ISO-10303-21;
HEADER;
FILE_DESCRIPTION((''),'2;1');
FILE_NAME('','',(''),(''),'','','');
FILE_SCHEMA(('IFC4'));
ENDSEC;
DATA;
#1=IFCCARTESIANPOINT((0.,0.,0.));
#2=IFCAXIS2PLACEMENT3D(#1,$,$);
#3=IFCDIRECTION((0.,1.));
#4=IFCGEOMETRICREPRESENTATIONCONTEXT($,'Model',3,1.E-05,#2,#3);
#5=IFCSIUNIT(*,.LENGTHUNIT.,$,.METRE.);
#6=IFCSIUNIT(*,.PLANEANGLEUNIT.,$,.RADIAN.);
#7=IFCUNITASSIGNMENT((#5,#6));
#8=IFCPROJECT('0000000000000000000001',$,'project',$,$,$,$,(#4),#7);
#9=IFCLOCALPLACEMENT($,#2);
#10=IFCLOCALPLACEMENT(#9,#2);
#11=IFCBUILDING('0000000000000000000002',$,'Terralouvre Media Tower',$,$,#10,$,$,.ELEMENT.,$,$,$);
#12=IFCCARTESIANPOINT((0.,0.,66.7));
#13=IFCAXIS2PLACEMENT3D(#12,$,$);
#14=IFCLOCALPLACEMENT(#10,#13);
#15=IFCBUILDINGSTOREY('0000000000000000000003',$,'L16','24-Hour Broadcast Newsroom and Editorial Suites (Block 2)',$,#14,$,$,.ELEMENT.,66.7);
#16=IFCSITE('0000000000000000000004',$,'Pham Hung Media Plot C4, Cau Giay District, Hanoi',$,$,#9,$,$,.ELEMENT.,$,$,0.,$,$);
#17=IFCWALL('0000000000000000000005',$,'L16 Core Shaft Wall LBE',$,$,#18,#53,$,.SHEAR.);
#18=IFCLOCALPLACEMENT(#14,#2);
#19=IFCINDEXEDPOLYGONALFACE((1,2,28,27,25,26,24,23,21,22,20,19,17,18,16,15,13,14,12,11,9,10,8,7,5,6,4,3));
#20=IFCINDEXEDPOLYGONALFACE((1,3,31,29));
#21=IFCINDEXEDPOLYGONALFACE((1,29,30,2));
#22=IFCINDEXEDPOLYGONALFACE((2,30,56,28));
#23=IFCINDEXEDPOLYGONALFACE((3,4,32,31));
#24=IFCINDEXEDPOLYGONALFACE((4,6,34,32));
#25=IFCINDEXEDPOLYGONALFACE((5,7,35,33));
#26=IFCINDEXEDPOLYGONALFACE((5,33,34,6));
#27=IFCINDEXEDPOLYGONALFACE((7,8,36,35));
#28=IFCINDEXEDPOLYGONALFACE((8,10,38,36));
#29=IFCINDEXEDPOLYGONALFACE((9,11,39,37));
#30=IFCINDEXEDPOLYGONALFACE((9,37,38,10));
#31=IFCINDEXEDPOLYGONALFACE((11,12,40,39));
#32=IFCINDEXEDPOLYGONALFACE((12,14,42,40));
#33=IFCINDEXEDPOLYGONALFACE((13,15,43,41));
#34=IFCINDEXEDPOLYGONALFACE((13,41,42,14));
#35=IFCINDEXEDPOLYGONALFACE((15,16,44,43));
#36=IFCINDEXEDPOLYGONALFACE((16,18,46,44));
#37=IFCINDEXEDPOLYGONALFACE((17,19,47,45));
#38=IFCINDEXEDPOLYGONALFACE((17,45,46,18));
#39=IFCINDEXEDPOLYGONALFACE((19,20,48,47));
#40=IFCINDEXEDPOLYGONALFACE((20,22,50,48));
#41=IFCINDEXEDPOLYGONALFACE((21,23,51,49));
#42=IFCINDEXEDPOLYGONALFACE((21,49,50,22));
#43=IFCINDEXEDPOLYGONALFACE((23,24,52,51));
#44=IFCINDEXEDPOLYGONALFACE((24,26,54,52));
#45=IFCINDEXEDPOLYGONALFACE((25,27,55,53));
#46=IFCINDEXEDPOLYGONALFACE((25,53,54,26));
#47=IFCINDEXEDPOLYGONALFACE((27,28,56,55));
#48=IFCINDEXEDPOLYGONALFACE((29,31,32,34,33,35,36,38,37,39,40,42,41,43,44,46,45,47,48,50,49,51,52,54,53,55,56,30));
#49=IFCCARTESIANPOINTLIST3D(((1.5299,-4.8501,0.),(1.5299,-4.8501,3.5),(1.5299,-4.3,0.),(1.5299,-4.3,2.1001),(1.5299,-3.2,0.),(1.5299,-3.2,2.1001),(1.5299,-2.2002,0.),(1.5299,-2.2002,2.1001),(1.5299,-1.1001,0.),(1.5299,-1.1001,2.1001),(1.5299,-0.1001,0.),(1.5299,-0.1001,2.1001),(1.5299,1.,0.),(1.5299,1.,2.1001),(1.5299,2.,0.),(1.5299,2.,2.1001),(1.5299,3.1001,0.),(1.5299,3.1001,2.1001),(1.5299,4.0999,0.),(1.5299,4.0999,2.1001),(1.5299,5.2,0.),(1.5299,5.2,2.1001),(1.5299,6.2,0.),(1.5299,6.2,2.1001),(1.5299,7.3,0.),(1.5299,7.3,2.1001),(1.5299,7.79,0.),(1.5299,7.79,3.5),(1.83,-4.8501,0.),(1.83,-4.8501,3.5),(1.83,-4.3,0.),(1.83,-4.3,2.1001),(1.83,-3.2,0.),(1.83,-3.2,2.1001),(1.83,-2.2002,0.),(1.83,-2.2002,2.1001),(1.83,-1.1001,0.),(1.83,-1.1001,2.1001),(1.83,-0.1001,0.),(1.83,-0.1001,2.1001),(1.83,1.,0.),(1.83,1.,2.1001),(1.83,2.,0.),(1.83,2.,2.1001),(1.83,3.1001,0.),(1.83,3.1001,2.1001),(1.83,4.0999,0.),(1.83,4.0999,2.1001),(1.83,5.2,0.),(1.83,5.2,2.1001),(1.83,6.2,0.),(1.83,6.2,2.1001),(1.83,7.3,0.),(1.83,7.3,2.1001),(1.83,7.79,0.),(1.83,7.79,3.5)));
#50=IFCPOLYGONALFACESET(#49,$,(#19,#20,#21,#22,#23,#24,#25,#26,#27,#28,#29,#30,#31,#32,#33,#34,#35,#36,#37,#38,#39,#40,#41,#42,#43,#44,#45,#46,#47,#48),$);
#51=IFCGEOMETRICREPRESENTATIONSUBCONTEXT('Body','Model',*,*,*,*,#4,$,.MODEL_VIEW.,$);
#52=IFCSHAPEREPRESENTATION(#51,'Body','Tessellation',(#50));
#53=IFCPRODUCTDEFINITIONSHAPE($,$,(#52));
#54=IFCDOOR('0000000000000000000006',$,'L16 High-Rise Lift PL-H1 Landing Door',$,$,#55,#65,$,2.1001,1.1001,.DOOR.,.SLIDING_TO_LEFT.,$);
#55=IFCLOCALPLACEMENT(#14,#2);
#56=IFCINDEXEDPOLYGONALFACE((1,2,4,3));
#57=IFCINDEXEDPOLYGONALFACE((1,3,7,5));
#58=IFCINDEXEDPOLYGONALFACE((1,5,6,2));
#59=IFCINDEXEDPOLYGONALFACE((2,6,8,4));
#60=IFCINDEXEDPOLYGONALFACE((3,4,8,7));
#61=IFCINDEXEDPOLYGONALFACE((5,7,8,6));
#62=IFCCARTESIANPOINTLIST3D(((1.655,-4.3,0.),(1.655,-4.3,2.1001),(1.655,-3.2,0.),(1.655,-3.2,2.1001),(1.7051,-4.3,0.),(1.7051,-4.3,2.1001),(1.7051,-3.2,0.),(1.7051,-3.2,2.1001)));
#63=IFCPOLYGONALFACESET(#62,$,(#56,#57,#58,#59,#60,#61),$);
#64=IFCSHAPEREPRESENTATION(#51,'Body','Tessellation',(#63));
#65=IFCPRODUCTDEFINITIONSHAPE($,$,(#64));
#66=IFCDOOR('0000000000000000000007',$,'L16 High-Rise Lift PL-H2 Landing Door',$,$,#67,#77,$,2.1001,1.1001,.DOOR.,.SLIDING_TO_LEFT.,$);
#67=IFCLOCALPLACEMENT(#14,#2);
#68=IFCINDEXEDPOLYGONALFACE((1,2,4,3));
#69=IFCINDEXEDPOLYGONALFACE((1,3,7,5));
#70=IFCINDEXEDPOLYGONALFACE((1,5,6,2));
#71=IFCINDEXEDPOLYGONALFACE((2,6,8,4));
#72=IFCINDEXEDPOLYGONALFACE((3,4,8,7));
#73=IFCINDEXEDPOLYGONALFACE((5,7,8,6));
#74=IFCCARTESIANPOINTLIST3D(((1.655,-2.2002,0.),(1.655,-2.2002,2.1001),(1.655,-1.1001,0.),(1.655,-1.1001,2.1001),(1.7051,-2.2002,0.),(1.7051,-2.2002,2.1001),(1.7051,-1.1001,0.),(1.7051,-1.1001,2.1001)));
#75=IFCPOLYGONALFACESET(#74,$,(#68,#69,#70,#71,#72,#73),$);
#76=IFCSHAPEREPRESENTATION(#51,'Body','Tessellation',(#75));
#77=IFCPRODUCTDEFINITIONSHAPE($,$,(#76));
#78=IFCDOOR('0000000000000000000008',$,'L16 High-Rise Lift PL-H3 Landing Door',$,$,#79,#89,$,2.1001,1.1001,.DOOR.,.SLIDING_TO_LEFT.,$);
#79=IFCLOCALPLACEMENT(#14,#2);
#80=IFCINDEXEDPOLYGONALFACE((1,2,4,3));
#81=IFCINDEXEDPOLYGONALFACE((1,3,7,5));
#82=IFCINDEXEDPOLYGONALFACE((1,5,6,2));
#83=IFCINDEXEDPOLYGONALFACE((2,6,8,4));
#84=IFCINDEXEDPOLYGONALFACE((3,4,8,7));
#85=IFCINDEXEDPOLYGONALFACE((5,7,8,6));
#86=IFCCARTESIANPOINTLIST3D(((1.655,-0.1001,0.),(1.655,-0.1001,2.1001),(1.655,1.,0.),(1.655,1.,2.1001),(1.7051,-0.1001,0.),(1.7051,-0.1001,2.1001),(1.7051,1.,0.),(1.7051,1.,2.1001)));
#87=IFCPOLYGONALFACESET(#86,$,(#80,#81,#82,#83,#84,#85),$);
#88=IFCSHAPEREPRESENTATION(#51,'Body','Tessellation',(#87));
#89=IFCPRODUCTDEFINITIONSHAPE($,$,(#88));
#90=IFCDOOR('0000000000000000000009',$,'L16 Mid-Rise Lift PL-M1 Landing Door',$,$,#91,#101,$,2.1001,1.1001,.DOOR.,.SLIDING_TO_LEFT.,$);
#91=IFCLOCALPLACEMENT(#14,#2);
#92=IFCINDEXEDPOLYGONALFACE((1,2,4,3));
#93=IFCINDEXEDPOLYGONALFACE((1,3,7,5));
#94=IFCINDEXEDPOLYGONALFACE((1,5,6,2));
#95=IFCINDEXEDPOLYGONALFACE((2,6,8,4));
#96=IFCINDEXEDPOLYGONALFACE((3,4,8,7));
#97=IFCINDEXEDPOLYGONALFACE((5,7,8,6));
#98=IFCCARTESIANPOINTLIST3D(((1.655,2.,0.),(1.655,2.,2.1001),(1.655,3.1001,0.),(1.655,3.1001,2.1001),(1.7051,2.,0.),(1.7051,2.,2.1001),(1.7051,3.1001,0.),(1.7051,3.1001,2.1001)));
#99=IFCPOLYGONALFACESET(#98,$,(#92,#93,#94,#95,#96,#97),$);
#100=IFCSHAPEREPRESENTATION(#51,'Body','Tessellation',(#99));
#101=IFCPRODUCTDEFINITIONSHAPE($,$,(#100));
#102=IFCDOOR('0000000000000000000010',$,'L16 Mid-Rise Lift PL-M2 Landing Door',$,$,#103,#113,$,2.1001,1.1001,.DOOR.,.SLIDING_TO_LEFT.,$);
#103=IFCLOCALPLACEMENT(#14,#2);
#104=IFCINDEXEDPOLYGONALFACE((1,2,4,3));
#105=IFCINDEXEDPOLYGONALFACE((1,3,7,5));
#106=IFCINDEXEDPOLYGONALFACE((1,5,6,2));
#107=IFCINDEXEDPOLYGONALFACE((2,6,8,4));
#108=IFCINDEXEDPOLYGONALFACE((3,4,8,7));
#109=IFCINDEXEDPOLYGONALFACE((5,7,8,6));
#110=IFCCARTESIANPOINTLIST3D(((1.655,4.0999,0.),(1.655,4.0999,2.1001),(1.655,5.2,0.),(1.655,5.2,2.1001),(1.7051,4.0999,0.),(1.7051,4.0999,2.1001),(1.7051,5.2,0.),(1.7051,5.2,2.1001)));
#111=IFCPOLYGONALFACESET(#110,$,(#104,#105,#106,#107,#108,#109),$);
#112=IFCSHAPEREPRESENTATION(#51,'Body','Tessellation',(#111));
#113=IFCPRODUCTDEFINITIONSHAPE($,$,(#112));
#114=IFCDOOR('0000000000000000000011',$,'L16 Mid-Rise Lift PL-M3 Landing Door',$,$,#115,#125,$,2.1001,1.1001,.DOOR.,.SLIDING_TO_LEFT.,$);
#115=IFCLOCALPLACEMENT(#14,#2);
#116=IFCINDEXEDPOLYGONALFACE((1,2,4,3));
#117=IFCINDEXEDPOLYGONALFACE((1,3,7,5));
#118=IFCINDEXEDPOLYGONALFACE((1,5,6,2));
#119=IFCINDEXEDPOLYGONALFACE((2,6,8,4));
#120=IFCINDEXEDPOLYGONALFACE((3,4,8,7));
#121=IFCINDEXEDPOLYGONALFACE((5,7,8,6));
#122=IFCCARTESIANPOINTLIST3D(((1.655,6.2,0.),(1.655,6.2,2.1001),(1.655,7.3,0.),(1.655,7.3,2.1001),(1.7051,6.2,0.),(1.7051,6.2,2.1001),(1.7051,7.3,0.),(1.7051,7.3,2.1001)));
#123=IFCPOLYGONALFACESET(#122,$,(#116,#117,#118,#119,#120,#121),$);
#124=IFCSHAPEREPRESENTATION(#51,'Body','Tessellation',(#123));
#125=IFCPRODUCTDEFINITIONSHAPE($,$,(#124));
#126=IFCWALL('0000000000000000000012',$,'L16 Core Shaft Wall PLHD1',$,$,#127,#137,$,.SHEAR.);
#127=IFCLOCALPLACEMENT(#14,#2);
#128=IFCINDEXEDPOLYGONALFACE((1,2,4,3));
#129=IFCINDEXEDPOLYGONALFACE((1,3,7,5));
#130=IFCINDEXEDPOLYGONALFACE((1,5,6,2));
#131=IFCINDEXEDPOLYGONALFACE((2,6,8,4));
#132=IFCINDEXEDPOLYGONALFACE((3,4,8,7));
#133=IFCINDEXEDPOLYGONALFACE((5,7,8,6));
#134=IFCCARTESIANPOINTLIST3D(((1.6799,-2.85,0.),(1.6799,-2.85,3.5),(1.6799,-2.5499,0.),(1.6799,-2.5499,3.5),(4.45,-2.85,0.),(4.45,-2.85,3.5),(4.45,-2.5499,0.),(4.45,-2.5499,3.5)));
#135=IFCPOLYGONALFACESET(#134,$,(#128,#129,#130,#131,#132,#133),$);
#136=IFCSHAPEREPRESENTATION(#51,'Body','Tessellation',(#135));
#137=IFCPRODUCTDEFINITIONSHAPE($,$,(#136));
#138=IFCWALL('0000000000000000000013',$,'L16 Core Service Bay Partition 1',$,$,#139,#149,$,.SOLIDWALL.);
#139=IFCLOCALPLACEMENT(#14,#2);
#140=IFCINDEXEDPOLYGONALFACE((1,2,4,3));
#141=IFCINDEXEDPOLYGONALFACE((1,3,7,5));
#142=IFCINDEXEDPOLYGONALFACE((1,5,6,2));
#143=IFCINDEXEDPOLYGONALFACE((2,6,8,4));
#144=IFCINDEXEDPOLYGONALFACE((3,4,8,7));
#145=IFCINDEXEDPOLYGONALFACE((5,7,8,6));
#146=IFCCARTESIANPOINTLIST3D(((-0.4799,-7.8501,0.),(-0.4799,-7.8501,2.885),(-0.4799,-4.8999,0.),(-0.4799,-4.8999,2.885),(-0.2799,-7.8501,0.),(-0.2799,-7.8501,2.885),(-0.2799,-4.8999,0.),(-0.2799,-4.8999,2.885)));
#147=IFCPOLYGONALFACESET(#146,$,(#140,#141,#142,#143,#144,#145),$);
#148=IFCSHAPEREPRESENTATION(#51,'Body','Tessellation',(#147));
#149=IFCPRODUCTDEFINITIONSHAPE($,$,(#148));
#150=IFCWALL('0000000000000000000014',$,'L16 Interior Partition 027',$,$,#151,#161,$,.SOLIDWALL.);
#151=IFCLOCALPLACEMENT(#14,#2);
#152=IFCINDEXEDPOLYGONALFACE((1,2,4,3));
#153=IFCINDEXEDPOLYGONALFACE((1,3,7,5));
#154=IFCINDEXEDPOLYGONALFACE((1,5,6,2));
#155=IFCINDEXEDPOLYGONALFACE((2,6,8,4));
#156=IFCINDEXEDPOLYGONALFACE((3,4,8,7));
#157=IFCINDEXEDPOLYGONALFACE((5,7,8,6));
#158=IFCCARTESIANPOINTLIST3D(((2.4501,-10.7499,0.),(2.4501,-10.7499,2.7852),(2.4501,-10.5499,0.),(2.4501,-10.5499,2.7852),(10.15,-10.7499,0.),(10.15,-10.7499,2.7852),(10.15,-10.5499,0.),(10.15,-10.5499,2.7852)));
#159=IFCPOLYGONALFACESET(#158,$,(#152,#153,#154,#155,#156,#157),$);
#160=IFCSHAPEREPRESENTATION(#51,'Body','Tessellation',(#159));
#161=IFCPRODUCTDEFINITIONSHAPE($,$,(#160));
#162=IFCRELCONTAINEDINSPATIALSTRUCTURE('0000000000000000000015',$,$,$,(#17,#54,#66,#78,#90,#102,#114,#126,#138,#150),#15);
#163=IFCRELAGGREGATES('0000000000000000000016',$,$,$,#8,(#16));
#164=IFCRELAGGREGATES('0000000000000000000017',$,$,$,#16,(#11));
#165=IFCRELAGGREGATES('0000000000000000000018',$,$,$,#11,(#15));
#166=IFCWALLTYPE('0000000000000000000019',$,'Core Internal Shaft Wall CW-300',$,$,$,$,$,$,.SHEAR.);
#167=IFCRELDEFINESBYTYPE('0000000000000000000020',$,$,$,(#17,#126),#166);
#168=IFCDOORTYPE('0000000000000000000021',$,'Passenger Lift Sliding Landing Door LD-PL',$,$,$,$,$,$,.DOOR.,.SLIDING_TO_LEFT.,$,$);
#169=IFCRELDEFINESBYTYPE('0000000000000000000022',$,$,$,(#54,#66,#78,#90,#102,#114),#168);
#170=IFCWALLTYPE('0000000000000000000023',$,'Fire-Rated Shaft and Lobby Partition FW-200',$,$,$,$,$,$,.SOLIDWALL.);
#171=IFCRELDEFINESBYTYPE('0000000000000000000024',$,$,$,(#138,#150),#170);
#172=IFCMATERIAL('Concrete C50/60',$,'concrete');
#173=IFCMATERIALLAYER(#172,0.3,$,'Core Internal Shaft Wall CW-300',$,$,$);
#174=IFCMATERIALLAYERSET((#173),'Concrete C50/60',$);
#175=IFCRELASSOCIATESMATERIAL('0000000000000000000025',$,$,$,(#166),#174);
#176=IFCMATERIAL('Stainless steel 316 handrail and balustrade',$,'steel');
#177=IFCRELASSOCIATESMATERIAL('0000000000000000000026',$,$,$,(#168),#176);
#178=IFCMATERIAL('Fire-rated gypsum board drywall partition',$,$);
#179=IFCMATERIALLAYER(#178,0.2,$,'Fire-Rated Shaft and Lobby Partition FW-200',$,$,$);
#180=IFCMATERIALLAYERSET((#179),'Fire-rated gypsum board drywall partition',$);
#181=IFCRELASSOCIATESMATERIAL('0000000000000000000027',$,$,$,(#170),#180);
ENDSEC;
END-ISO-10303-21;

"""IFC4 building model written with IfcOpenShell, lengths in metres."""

from ifc_helpers import new_model, si_unit, direction, frame, frame_2d, origin, place, context, subcontext, project, spatial, rectangle, extrude, material, layer, layer_set, type_object, element, fill, save


model = new_model("IFC4")

# Units and contexts
model_context = context("Model", 3, precision=1e-05, world=origin(), true_north=direction((0.0, 1.0)))
body_context = subcontext(model_context, "Body", "Model", "MODEL_VIEW")
ifc_project = project(units=[si_unit("LENGTHUNIT", "METRE"), si_unit("PLANEANGLEUNIT", "RADIAN")], contexts=[model_context])

# Site, building, storey
site_placement = place(None, origin())
site = spatial("IfcSite", under=ifc_project, at=site_placement, Name="Pham Hung Media Plot C4, Cau Giay District, Hanoi", CompositionType="ELEMENT", RefElevation=0.0)
building_placement = place(site_placement, origin())
building = spatial("IfcBuilding", under=site, at=building_placement, Name="Terralouvre Media Tower", CompositionType="ELEMENT")
storey_placement = place(building_placement, frame((0.0, 0.0, 66.7)))
storey = spatial("IfcBuildingStorey", under=building, at=storey_placement, Name="L16", Description="24-Hour Broadcast Newsroom and Editorial Suites (Block 2)", CompositionType="ELEMENT", Elevation=66.7)

# Shared definitions
ifc_material_1 = material(Name="Concrete C50/60", Category="concrete")
ifc_layer_1 = layer(ifc_material_1, 0.3, Name="Core Internal Shaft Wall CW-300")
ifc_layer_set_1 = layer_set([ifc_layer_1], Name="Concrete C50/60")
wall_type_1 = type_object("IfcWallType", Name="Core Internal Shaft Wall CW-300", PredefinedType="SHEAR", material=ifc_layer_set_1)

# Wall, openings, doors
wall_1_placement = place(storey_placement, frame((1.6799, -4.8501, 0.0), z_axis=(0.0, 0.0, 1.0), x_axis=(0.0, 1.0, 0.0)))
wall_1 = element("IfcWall", 1, at=wall_1_placement, inside=storey, type_object=wall_type_1, Name="L16 Core Shaft Wall LBE", PredefinedType="SHEAR", context=body_context, shape_type="SweptSolid", body=[
    extrude(rectangle(XDim=12.6401, YDim=0.3, at=frame_2d((6.3201, 0.0))), origin(), (0.0, 0.0, 1.0), 3.5),
])
opening_1_placement = place(wall_1_placement, frame((0.55, 0.0, 0.0)))
opening_1 = element("IfcOpeningElement", 2, at=opening_1_placement, cuts=wall_1, PredefinedType="OPENING", context=body_context, shape_type="SweptSolid", body=[
    extrude(rectangle(XDim=1.1001, YDim=2.1001, at=frame_2d((0.55, 1.05))), frame((0.0, 0.1599, 0.0), z_axis=(0.0, -1.0, 0.0), x_axis=(1.0, 0.0, 0.0)), (0.0, 0.0, 1.0), 0.3201),
])
opening_2_placement = place(wall_1_placement, frame((2.6499, 0.0, 0.0)))
opening_2 = element("IfcOpeningElement", 3, at=opening_2_placement, cuts=wall_1, PredefinedType="OPENING", context=body_context, shape_type="SweptSolid", body=[
    extrude(rectangle(XDim=1.1001, YDim=2.1001, at=frame_2d((0.55, 1.05))), frame((0.0, 0.1599, 0.0), z_axis=(0.0, -1.0, 0.0), x_axis=(1.0, 0.0, 0.0)), (0.0, 0.0, 1.0), 0.3201),
])
opening_3_placement = place(wall_1_placement, frame((4.75, 0.0, 0.0)))
opening_3 = element("IfcOpeningElement", 4, at=opening_3_placement, cuts=wall_1, PredefinedType="OPENING", context=body_context, shape_type="SweptSolid", body=[
    extrude(rectangle(XDim=1.1001, YDim=2.1001, at=frame_2d((0.55, 1.05))), frame((0.0, 0.1599, 0.0), z_axis=(0.0, -1.0, 0.0), x_axis=(1.0, 0.0, 0.0)), (0.0, 0.0, 1.0), 0.3201),
])
opening_4_placement = place(wall_1_placement, frame((6.8501, 0.0, 0.0)))
opening_4 = element("IfcOpeningElement", 5, at=opening_4_placement, cuts=wall_1, PredefinedType="OPENING", context=body_context, shape_type="SweptSolid", body=[
    extrude(rectangle(XDim=1.1001, YDim=2.1001, at=frame_2d((0.55, 1.05))), frame((0.0, 0.1599, 0.0), z_axis=(0.0, -1.0, 0.0), x_axis=(1.0, 0.0, 0.0)), (0.0, 0.0, 1.0), 0.3201),
])
opening_5_placement = place(wall_1_placement, frame((8.95, 0.0, 0.0)))
opening_5 = element("IfcOpeningElement", 6, at=opening_5_placement, cuts=wall_1, PredefinedType="OPENING", context=body_context, shape_type="SweptSolid", body=[
    extrude(rectangle(XDim=1.1001, YDim=2.1001, at=frame_2d((0.55, 1.05))), frame((0.0, 0.1599, 0.0), z_axis=(0.0, -1.0, 0.0), x_axis=(1.0, 0.0, 0.0)), (0.0, 0.0, 1.0), 0.3201),
])
opening_6_placement = place(wall_1_placement, frame((11.05, 0.0, 0.0)))
opening_6 = element("IfcOpeningElement", 7, at=opening_6_placement, cuts=wall_1, PredefinedType="OPENING", context=body_context, shape_type="SweptSolid", body=[
    extrude(rectangle(XDim=1.1001, YDim=2.1001, at=frame_2d((0.55, 1.05))), frame((0.0, 0.1599, 0.0), z_axis=(0.0, -1.0, 0.0), x_axis=(1.0, 0.0, 0.0)), (0.0, 0.0, 1.0), 0.3201),
])
ifc_material_2 = material(Name="Stainless steel 316 handrail and balustrade", Category="steel")
door_type_1 = type_object("IfcDoorType", Name="Passenger Lift Sliding Landing Door LD-PL", OperationType="SLIDING_TO_LEFT", PredefinedType="DOOR", material=ifc_material_2)
door_1_placement = place(opening_1_placement, origin())
door_1 = element("IfcDoor", 8, at=door_1_placement, inside=storey, type_object=door_type_1, Name="L16 High-Rise Lift PL-H1 Landing Door", OperationType="SLIDING_TO_LEFT", OverallHeight=2.1001, OverallWidth=1.1001, PredefinedType="DOOR", context=body_context, shape_type="SweptSolid", body=[
    extrude(rectangle(XDim=1.1001, YDim=2.1001, at=frame_2d((0.55, 1.05))), frame((0.0, 0.0249, 0.0), z_axis=(0.0, -1.0, 0.0), x_axis=(1.0, 0.0, 0.0)), (0.0, 0.0, 1.0), 0.05),
])
fill(opening_1, door_1)
door_2_placement = place(opening_2_placement, origin())
door_2 = element("IfcDoor", 9, at=door_2_placement, inside=storey, type_object=door_type_1, Name="L16 High-Rise Lift PL-H2 Landing Door", OperationType="SLIDING_TO_LEFT", OverallHeight=2.1001, OverallWidth=1.1001, PredefinedType="DOOR", context=body_context, shape_type="SweptSolid", body=[
    extrude(rectangle(XDim=1.1001, YDim=2.1001, at=frame_2d((0.55, 1.05))), frame((0.0, 0.0249, 0.0), z_axis=(0.0, -1.0, 0.0), x_axis=(1.0, 0.0, 0.0)), (0.0, 0.0, 1.0), 0.05),
])
fill(opening_2, door_2)
door_3_placement = place(opening_3_placement, origin())
door_3 = element("IfcDoor", 10, at=door_3_placement, inside=storey, type_object=door_type_1, Name="L16 High-Rise Lift PL-H3 Landing Door", OperationType="SLIDING_TO_LEFT", OverallHeight=2.1001, OverallWidth=1.1001, PredefinedType="DOOR", context=body_context, shape_type="SweptSolid", body=[
    extrude(rectangle(XDim=1.1001, YDim=2.1001, at=frame_2d((0.55, 1.05))), frame((0.0, 0.0249, 0.0), z_axis=(0.0, -1.0, 0.0), x_axis=(1.0, 0.0, 0.0)), (0.0, 0.0, 1.0), 0.05),
])
fill(opening_3, door_3)
door_4_placement = place(opening_4_placement, origin())
door_4 = element("IfcDoor", 11, at=door_4_placement, inside=storey, type_object=door_type_1, Name="L16 Mid-Rise Lift PL-M1 Landing Door", OperationType="SLIDING_TO_LEFT", OverallHeight=2.1001, OverallWidth=1.1001, PredefinedType="DOOR", context=body_context, shape_type="SweptSolid", body=[
    extrude(rectangle(XDim=1.1001, YDim=2.1001, at=frame_2d((0.55, 1.05))), frame((0.0, 0.0249, 0.0), z_axis=(0.0, -1.0, 0.0), x_axis=(1.0, 0.0, 0.0)), (0.0, 0.0, 1.0), 0.05),
])
fill(opening_4, door_4)
door_5_placement = place(opening_5_placement, origin())
door_5 = element("IfcDoor", 12, at=door_5_placement, inside=storey, type_object=door_type_1, Name="L16 Mid-Rise Lift PL-M2 Landing Door", OperationType="SLIDING_TO_LEFT", OverallHeight=2.1001, OverallWidth=1.1001, PredefinedType="DOOR", context=body_context, shape_type="SweptSolid", body=[
    extrude(rectangle(XDim=1.1001, YDim=2.1001, at=frame_2d((0.55, 1.05))), frame((0.0, 0.0249, 0.0), z_axis=(0.0, -1.0, 0.0), x_axis=(1.0, 0.0, 0.0)), (0.0, 0.0, 1.0), 0.05),
])
fill(opening_5, door_5)
door_6_placement = place(opening_6_placement, origin())
door_6 = element("IfcDoor", 13, at=door_6_placement, inside=storey, type_object=door_type_1, Name="L16 Mid-Rise Lift PL-M3 Landing Door", OperationType="SLIDING_TO_LEFT", OverallHeight=2.1001, OverallWidth=1.1001, PredefinedType="DOOR", context=body_context, shape_type="SweptSolid", body=[
    extrude(rectangle(XDim=1.1001, YDim=2.1001, at=frame_2d((0.55, 1.05))), frame((0.0, 0.0249, 0.0), z_axis=(0.0, -1.0, 0.0), x_axis=(1.0, 0.0, 0.0)), (0.0, 0.0, 1.0), 0.05),
])
fill(opening_6, door_6)

# Walls
wall_2_placement = place(storey_placement, frame((1.6799, -2.7, 0.0), z_axis=(0.0, 0.0, 1.0), x_axis=(1.0, 0.0, 0.0)))
element("IfcWall", 14, at=wall_2_placement, inside=storey, type_object=wall_type_1, Name="L16 Core Shaft Wall PLHD1", PredefinedType="SHEAR", context=body_context, shape_type="SweptSolid", body=[
    extrude(rectangle(XDim=2.77, YDim=0.3, at=frame_2d((1.385, 0.0))), origin(), (0.0, 0.0, 1.0), 3.5),
])
ifc_material_3 = material(Name="Fire-rated gypsum board drywall partition")
ifc_layer_2 = layer(ifc_material_3, 0.2, Name="Fire-Rated Shaft and Lobby Partition FW-200")
ifc_layer_set_2 = layer_set([ifc_layer_2], Name="Fire-rated gypsum board drywall partition")
wall_type_2 = type_object("IfcWallType", Name="Fire-Rated Shaft and Lobby Partition FW-200", PredefinedType="SOLIDWALL", material=ifc_layer_set_2)
wall_3_placement = place(storey_placement, frame((-0.3799, -7.8501, 0.0), z_axis=(0.0, 0.0, 1.0), x_axis=(0.0, 1.0, 0.0)))
element("IfcWall", 15, at=wall_3_placement, inside=storey, type_object=wall_type_2, Name="L16 Core Service Bay Partition 1", PredefinedType="SOLIDWALL", context=body_context, shape_type="SweptSolid", body=[
    extrude(rectangle(XDim=2.9502, YDim=0.2, at=frame_2d((1.4751, 0.0))), origin(), (0.0, 0.0, 1.0), 2.885),
])
wall_4_placement = place(storey_placement, frame((2.45, -10.6499, 0.0), z_axis=(0.0, 0.0, 1.0), x_axis=(1.0, 0.0, 0.0)))
element("IfcWall", 16, at=wall_4_placement, inside=storey, type_object=wall_type_2, Name="L16 Interior Partition 027", PredefinedType="SOLIDWALL", context=body_context, shape_type="SweptSolid", body=[
    extrude(rectangle(XDim=7.7, YDim=0.2, at=frame_2d((3.8501, 0.0))), origin(), (0.0, 0.0, 1.0), 2.7852),
])

save(model, "model.ifc")
